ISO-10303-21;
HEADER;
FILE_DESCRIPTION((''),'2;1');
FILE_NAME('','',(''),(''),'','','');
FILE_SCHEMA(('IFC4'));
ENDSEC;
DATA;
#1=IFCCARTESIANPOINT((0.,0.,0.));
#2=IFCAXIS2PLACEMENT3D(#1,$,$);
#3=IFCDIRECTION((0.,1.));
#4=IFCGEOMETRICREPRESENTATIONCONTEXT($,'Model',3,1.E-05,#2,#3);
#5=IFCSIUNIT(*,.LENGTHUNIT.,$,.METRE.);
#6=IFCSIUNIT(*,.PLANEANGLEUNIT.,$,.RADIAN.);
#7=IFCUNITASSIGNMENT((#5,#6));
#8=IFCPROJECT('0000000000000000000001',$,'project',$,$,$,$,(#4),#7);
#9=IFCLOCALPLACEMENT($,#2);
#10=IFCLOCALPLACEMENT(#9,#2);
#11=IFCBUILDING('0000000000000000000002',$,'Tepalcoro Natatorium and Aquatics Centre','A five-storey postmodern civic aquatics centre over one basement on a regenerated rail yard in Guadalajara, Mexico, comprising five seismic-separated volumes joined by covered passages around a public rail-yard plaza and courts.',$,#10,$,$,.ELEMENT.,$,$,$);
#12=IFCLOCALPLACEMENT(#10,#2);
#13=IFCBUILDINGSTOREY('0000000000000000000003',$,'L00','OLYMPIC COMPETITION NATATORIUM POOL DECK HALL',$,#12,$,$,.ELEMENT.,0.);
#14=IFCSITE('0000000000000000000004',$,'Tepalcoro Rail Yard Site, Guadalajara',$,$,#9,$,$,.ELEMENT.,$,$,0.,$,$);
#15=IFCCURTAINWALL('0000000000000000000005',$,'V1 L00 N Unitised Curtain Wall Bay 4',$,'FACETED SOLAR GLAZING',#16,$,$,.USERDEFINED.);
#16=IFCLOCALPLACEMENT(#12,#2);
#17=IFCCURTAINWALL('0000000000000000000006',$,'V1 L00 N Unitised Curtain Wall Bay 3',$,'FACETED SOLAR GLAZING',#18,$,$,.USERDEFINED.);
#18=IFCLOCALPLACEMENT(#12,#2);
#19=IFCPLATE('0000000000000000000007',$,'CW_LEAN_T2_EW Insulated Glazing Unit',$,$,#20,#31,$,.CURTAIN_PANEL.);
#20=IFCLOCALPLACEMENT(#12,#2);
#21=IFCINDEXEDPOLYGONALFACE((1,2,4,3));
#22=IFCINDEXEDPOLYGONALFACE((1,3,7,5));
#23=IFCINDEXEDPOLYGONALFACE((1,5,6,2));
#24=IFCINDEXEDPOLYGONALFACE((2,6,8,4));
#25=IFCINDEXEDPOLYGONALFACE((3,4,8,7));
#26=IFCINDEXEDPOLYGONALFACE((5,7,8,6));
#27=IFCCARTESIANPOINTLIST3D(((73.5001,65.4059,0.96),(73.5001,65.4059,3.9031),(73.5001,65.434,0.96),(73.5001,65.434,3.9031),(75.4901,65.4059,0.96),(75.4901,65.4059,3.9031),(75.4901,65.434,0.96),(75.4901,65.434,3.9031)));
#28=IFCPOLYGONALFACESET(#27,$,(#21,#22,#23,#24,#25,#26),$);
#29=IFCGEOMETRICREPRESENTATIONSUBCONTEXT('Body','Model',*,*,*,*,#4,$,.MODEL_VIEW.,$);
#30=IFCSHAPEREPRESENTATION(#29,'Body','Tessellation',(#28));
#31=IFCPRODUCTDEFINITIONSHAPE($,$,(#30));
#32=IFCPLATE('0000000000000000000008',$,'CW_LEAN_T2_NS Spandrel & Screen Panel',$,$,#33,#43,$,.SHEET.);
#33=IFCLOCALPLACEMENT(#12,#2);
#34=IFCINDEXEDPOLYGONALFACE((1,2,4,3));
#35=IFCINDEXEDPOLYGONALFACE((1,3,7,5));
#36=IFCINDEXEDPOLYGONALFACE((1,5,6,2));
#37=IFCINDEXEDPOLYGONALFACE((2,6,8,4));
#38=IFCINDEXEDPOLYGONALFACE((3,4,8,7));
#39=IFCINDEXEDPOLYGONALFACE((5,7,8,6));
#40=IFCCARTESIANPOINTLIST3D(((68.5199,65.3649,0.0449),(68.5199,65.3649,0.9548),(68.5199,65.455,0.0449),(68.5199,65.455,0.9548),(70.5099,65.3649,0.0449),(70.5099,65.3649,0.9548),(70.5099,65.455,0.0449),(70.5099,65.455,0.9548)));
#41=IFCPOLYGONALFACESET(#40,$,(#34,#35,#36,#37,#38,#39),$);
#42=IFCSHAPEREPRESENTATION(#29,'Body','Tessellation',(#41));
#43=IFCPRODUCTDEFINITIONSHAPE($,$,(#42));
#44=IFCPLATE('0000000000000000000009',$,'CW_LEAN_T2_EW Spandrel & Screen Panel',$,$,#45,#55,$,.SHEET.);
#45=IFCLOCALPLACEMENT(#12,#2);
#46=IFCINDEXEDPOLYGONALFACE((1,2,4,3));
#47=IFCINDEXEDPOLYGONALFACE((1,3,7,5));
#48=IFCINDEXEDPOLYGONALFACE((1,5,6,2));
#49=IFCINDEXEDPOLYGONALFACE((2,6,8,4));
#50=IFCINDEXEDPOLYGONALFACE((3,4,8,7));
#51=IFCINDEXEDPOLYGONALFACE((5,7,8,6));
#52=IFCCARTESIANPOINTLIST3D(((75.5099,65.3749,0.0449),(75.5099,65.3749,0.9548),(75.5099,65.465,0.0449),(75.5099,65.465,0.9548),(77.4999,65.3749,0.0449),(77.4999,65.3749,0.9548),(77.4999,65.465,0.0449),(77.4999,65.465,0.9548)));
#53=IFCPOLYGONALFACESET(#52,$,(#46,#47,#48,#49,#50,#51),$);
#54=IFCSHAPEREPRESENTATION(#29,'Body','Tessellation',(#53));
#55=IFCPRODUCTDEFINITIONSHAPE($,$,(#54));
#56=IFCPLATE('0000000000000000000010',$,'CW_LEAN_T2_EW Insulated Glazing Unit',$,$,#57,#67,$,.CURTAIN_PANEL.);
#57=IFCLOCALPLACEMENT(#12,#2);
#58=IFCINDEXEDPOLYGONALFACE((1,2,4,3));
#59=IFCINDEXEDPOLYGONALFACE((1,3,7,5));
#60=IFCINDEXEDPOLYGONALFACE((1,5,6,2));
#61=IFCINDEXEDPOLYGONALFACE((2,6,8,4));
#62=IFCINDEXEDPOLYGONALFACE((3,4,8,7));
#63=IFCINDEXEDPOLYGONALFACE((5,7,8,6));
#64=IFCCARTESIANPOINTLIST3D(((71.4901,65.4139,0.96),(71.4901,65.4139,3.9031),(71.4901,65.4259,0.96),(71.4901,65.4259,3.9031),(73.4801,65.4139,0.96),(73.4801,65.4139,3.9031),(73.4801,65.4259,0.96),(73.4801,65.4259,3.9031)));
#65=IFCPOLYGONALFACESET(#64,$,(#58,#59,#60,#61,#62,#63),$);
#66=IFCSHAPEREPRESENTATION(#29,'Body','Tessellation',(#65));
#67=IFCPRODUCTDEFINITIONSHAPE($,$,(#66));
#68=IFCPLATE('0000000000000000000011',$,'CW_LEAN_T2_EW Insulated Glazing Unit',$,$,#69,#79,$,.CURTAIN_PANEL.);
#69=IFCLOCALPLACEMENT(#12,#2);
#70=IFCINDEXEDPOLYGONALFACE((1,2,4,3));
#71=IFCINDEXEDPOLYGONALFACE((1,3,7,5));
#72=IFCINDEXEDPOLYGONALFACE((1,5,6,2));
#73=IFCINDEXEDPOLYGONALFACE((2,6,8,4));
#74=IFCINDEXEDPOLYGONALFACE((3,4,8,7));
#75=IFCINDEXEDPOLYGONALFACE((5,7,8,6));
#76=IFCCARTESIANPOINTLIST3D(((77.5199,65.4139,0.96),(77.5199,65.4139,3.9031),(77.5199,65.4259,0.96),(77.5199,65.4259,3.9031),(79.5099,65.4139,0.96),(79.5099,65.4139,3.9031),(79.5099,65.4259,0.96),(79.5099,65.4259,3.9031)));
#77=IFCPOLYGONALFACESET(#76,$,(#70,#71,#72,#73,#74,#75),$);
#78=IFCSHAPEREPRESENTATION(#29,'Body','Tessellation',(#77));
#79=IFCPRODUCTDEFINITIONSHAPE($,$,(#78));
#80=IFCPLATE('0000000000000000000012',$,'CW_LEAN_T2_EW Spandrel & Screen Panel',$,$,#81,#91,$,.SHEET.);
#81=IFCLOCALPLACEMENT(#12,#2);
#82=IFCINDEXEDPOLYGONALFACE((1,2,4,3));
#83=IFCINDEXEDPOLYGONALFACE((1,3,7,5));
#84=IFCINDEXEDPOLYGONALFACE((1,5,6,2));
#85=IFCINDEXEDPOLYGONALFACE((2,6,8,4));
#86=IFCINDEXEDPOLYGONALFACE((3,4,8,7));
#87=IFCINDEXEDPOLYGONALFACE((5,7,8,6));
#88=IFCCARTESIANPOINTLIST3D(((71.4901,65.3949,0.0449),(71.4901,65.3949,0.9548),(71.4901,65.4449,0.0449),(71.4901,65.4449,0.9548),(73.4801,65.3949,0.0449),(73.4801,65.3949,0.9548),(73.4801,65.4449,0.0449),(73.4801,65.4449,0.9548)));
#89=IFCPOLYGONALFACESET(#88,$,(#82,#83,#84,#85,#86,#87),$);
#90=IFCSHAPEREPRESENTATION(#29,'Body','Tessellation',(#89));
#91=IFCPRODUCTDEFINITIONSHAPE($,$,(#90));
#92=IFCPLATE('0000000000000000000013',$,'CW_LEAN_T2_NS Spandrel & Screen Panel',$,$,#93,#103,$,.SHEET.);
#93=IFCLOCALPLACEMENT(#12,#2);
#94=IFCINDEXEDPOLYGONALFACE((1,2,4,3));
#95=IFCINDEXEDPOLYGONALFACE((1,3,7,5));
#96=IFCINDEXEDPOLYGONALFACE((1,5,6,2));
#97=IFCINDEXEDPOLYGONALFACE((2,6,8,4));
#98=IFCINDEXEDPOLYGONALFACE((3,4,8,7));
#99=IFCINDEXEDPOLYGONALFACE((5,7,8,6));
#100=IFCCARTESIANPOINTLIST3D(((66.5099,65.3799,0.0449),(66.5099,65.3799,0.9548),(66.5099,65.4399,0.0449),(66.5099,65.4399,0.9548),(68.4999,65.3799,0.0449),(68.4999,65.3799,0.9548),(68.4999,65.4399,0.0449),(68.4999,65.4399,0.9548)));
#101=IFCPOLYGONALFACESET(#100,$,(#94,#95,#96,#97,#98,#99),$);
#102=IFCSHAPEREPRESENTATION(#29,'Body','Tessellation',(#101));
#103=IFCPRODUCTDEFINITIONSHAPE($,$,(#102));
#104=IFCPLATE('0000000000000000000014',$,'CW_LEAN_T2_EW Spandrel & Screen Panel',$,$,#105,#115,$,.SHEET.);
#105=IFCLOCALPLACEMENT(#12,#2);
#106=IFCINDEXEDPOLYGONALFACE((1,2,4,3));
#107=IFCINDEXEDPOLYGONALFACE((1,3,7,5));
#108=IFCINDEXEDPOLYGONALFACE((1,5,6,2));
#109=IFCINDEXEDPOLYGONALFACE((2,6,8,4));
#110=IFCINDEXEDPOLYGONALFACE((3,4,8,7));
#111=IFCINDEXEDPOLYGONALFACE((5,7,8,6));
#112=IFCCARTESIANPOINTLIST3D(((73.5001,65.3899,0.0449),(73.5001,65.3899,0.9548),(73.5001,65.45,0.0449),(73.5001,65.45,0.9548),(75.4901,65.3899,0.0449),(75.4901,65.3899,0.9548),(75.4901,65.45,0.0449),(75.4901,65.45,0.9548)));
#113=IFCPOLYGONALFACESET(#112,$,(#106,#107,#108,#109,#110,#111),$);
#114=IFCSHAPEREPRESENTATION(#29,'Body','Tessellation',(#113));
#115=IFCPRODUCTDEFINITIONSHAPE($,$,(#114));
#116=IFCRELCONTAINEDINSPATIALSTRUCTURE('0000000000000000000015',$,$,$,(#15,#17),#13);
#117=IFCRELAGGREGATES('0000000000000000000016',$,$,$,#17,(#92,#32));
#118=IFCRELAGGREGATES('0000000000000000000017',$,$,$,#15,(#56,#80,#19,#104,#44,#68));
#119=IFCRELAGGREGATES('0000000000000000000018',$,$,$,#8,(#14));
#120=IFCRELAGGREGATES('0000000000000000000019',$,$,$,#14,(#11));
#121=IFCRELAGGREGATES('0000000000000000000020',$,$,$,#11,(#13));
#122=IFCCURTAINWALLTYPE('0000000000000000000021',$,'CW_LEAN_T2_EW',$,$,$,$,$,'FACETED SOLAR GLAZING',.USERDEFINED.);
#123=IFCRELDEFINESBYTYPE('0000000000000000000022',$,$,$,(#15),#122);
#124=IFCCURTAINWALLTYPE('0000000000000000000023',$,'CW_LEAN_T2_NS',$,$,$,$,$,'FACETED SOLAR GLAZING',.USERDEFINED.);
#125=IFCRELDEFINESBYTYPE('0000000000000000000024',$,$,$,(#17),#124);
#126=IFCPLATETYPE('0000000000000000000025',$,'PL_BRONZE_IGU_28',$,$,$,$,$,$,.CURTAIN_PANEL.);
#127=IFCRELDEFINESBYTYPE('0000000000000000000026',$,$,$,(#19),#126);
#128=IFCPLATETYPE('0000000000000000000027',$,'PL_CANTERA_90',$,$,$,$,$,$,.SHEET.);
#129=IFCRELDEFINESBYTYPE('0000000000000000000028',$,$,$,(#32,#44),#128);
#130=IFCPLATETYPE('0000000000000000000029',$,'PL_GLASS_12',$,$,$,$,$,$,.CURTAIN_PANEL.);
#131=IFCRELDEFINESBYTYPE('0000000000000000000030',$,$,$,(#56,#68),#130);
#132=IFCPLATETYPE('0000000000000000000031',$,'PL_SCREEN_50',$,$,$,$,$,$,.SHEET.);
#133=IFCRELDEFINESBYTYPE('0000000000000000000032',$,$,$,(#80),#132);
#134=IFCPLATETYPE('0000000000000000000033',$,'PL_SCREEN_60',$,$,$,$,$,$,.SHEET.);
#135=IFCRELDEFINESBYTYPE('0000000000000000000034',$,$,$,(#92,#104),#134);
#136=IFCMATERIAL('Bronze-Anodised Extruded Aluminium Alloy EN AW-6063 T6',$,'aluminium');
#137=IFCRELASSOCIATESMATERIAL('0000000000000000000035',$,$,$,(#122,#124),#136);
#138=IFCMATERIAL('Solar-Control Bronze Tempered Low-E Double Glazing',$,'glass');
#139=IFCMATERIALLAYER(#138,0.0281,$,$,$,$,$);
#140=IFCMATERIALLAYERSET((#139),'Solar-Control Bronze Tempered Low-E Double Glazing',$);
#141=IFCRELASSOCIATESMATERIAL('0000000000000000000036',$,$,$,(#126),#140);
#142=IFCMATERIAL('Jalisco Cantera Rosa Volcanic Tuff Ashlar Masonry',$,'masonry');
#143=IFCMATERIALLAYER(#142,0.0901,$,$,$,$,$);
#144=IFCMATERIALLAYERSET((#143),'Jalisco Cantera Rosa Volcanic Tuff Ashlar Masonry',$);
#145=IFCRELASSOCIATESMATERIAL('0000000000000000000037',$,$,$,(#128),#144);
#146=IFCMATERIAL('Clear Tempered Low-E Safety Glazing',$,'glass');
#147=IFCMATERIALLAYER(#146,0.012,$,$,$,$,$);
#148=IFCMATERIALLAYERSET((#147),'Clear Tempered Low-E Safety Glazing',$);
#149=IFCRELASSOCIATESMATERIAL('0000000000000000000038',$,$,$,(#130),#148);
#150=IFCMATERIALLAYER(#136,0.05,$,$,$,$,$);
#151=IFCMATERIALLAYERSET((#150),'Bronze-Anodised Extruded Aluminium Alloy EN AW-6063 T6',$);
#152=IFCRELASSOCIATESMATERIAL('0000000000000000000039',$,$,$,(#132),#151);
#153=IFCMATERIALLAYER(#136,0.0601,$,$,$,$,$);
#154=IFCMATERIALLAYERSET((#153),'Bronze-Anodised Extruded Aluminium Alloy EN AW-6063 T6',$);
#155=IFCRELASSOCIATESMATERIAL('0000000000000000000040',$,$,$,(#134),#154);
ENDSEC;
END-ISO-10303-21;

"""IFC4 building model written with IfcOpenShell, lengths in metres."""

from ifc_helpers import new_model, si_unit, direction, frame, origin, origin_2d, place, context, subcontext, project, spatial, rectangle, extrude, material, layer, layer_set, type_object, element, aggregate, save


model = new_model("IFC4")

# Units and contexts
model_context = context("Model", 3, precision=1e-05, world=origin(), true_north=direction((0.0, 1.0)))
body_context = subcontext(model_context, "Body", "Model", "MODEL_VIEW")
ifc_project = project(units=[si_unit("LENGTHUNIT", "METRE"), si_unit("PLANEANGLEUNIT", "RADIAN")], contexts=[model_context])

# Site, building, storey
site_placement = place(None, origin())
site = spatial("IfcSite", under=ifc_project, at=site_placement, Name="Tepalcoro Rail Yard Site, Guadalajara", CompositionType="ELEMENT", RefElevation=0.0)
building_placement = place(site_placement, origin())
building = spatial("IfcBuilding", under=site, at=building_placement, Name="Tepalcoro Natatorium and Aquatics Centre", Description="A five-storey postmodern civic aquatics centre over one basement on a regenerated rail yard in Guadalajara, Mexico, comprising five seismic-separated volumes joined by covered passages around a public rail-yard plaza and courts.", CompositionType="ELEMENT")
storey_placement = place(building_placement, origin())
storey = spatial("IfcBuildingStorey", under=building, at=storey_placement, Name="L00", Description="OLYMPIC COMPETITION NATATORIUM POOL DECK HALL", CompositionType="ELEMENT", Elevation=0.0)

# Curtain walls
ifc_material_1 = material(Name="Bronze-Anodised Extruded Aluminium Alloy EN AW-6063 T6", Category="aluminium")
curtain_wall_type_1 = type_object("IfcCurtainWallType", Name="CW_LEAN_T2_EW", ElementType="FACETED SOLAR GLAZING", PredefinedType="USERDEFINED", material=ifc_material_1)
curtain_wall_1_placement = place(storey_placement, origin())
curtain_wall_1 = element("IfcCurtainWall", 1, at=curtain_wall_1_placement, inside=storey, type_object=curtain_wall_type_1, Name="V1 L00 N Unitised Curtain Wall Bay 4", ObjectType="FACETED SOLAR GLAZING", PredefinedType="USERDEFINED")
curtain_wall_type_2 = type_object("IfcCurtainWallType", Name="CW_LEAN_T2_NS", ElementType="FACETED SOLAR GLAZING", PredefinedType="USERDEFINED", material=ifc_material_1)
curtain_wall_2_placement = place(storey_placement, origin())
curtain_wall_2 = element("IfcCurtainWall", 2, at=curtain_wall_2_placement, inside=storey, type_object=curtain_wall_type_2, Name="V1 L00 N Unitised Curtain Wall Bay 3", ObjectType="FACETED SOLAR GLAZING", PredefinedType="USERDEFINED")

# Plates
ifc_material_2 = material(Name="Solar-Control Bronze Tempered Low-E Double Glazing", Category="glass")
ifc_layer_1 = layer(ifc_material_2, 0.0281)
ifc_layer_set_1 = layer_set([ifc_layer_1], Name="Solar-Control Bronze Tempered Low-E Double Glazing")
plate_type_1 = type_object("IfcPlateType", Name="PL_BRONZE_IGU_28", PredefinedType="CURTAIN_PANEL", material=ifc_layer_set_1)
plate_1_placement = place(storey_placement, frame((74.4951, 65.4199, 0.96), z_axis=(0.0, 0.0, 1.0), x_axis=(1.0, 0.0, 0.0)))
plate_1 = element("IfcPlate", 3, at=plate_1_placement, type_object=plate_type_1, Name="CW_LEAN_T2_EW Insulated Glazing Unit", PredefinedType="CURTAIN_PANEL", context=body_context, shape_type="SweptSolid", body=[
    extrude(rectangle(XDim=1.99, YDim=0.0281, at=origin_2d()), origin(), (0.0, 0.0, 1.0), 2.9431),
])
ifc_material_3 = material(Name="Jalisco Cantera Rosa Volcanic Tuff Ashlar Masonry", Category="masonry")
ifc_layer_2 = layer(ifc_material_3, 0.0901)
ifc_layer_set_2 = layer_set([ifc_layer_2], Name="Jalisco Cantera Rosa Volcanic Tuff Ashlar Masonry")
plate_type_2 = type_object("IfcPlateType", Name="PL_CANTERA_90", PredefinedType="SHEET", material=ifc_layer_set_2)
plate_2_placement = place(storey_placement, frame((69.5149, 65.4099, 0.0449), z_axis=(0.0, 0.0, 1.0), x_axis=(1.0, 0.0, 0.0)))
plate_2 = element("IfcPlate", 4, at=plate_2_placement, type_object=plate_type_2, Name="CW_LEAN_T2_NS Spandrel & Screen Panel", PredefinedType="SHEET", context=body_context, shape_type="SweptSolid", body=[
    extrude(rectangle(XDim=1.99, YDim=0.0901, at=origin_2d()), origin(), (0.0, 0.0, 1.0), 0.9099),
])
plate_3_placement = place(storey_placement, frame((76.5049, 65.4199, 0.0449), z_axis=(0.0, 0.0, 1.0), x_axis=(1.0, 0.0, 0.0)))
plate_3 = element("IfcPlate", 5, at=plate_3_placement, type_object=plate_type_2, Name="CW_LEAN_T2_EW Spandrel & Screen Panel", PredefinedType="SHEET", context=body_context, shape_type="SweptSolid", body=[
    extrude(rectangle(XDim=1.99, YDim=0.0901, at=origin_2d()), origin(), (0.0, 0.0, 1.0), 0.9099),
])
ifc_material_4 = material(Name="Clear Tempered Low-E Safety Glazing", Category="glass")
ifc_layer_3 = layer(ifc_material_4, 0.012)
ifc_layer_set_3 = layer_set([ifc_layer_3], Name="Clear Tempered Low-E Safety Glazing")
plate_type_3 = type_object("IfcPlateType", Name="PL_GLASS_12", PredefinedType="CURTAIN_PANEL", material=ifc_layer_set_3)
plate_4_placement = place(storey_placement, frame((72.4851, 65.4199, 0.96), z_axis=(0.0, 0.0, 1.0), x_axis=(1.0, 0.0, 0.0)))
plate_4 = element("IfcPlate", 6, at=plate_4_placement, type_object=plate_type_3, Name="CW_LEAN_T2_EW Insulated Glazing Unit", PredefinedType="CURTAIN_PANEL", context=body_context, shape_type="SweptSolid", body=[
    extrude(rectangle(XDim=1.99, YDim=0.012, at=origin_2d()), origin(), (0.0, 0.0, 1.0), 2.9431),
])
plate_5_placement = place(storey_placement, frame((78.5149, 65.4199, 0.96), z_axis=(0.0, 0.0, 1.0), x_axis=(1.0, 0.0, 0.0)))
plate_5 = element("IfcPlate", 7, at=plate_5_placement, type_object=plate_type_3, Name="CW_LEAN_T2_EW Insulated Glazing Unit", PredefinedType="CURTAIN_PANEL", context=body_context, shape_type="SweptSolid", body=[
    extrude(rectangle(XDim=1.99, YDim=0.012, at=origin_2d()), origin(), (0.0, 0.0, 1.0), 2.9431),
])
ifc_layer_4 = layer(ifc_material_1, 0.05)
ifc_layer_set_4 = layer_set([ifc_layer_4], Name="Bronze-Anodised Extruded Aluminium Alloy EN AW-6063 T6")
plate_type_4 = type_object("IfcPlateType", Name="PL_SCREEN_50", PredefinedType="SHEET", material=ifc_layer_set_4)
plate_6_placement = place(storey_placement, frame((72.4851, 65.4199, 0.0449), z_axis=(0.0, 0.0, 1.0), x_axis=(1.0, 0.0, 0.0)))
plate_6 = element("IfcPlate", 8, at=plate_6_placement, type_object=plate_type_4, Name="CW_LEAN_T2_EW Spandrel & Screen Panel", PredefinedType="SHEET", context=body_context, shape_type="SweptSolid", body=[
    extrude(rectangle(XDim=1.99, YDim=0.05, at=origin_2d()), origin(), (0.0, 0.0, 1.0), 0.9099),
])
ifc_layer_5 = layer(ifc_material_1, 0.0601)
ifc_layer_set_5 = layer_set([ifc_layer_5], Name="Bronze-Anodised Extruded Aluminium Alloy EN AW-6063 T6")
plate_type_5 = type_object("IfcPlateType", Name="PL_SCREEN_60", PredefinedType="SHEET", material=ifc_layer_set_5)
plate_7_placement = place(storey_placement, frame((67.5049, 65.4099, 0.0449), z_axis=(0.0, 0.0, 1.0), x_axis=(1.0, 0.0, 0.0)))
plate_7 = element("IfcPlate", 9, at=plate_7_placement, type_object=plate_type_5, Name="CW_LEAN_T2_NS Spandrel & Screen Panel", PredefinedType="SHEET", context=body_context, shape_type="SweptSolid", body=[
    extrude(rectangle(XDim=1.99, YDim=0.0601, at=origin_2d()), origin(), (0.0, 0.0, 1.0), 0.9099),
])
aggregate(curtain_wall_2, [plate_7, plate_2])
plate_8_placement = place(storey_placement, frame((74.4951, 65.4199, 0.0449), z_axis=(0.0, 0.0, 1.0), x_axis=(1.0, 0.0, 0.0)))
plate_8 = element("IfcPlate", 10, at=plate_8_placement, type_object=plate_type_5, Name="CW_LEAN_T2_EW Spandrel & Screen Panel", PredefinedType="SHEET", context=body_context, shape_type="SweptSolid", body=[
    extrude(rectangle(XDim=1.99, YDim=0.0601, at=origin_2d()), origin(), (0.0, 0.0, 1.0), 0.9099),
])
aggregate(curtain_wall_1, [plate_4, plate_6, plate_1, plate_8, plate_3, plate_5])

save(model, "model.ifc")
